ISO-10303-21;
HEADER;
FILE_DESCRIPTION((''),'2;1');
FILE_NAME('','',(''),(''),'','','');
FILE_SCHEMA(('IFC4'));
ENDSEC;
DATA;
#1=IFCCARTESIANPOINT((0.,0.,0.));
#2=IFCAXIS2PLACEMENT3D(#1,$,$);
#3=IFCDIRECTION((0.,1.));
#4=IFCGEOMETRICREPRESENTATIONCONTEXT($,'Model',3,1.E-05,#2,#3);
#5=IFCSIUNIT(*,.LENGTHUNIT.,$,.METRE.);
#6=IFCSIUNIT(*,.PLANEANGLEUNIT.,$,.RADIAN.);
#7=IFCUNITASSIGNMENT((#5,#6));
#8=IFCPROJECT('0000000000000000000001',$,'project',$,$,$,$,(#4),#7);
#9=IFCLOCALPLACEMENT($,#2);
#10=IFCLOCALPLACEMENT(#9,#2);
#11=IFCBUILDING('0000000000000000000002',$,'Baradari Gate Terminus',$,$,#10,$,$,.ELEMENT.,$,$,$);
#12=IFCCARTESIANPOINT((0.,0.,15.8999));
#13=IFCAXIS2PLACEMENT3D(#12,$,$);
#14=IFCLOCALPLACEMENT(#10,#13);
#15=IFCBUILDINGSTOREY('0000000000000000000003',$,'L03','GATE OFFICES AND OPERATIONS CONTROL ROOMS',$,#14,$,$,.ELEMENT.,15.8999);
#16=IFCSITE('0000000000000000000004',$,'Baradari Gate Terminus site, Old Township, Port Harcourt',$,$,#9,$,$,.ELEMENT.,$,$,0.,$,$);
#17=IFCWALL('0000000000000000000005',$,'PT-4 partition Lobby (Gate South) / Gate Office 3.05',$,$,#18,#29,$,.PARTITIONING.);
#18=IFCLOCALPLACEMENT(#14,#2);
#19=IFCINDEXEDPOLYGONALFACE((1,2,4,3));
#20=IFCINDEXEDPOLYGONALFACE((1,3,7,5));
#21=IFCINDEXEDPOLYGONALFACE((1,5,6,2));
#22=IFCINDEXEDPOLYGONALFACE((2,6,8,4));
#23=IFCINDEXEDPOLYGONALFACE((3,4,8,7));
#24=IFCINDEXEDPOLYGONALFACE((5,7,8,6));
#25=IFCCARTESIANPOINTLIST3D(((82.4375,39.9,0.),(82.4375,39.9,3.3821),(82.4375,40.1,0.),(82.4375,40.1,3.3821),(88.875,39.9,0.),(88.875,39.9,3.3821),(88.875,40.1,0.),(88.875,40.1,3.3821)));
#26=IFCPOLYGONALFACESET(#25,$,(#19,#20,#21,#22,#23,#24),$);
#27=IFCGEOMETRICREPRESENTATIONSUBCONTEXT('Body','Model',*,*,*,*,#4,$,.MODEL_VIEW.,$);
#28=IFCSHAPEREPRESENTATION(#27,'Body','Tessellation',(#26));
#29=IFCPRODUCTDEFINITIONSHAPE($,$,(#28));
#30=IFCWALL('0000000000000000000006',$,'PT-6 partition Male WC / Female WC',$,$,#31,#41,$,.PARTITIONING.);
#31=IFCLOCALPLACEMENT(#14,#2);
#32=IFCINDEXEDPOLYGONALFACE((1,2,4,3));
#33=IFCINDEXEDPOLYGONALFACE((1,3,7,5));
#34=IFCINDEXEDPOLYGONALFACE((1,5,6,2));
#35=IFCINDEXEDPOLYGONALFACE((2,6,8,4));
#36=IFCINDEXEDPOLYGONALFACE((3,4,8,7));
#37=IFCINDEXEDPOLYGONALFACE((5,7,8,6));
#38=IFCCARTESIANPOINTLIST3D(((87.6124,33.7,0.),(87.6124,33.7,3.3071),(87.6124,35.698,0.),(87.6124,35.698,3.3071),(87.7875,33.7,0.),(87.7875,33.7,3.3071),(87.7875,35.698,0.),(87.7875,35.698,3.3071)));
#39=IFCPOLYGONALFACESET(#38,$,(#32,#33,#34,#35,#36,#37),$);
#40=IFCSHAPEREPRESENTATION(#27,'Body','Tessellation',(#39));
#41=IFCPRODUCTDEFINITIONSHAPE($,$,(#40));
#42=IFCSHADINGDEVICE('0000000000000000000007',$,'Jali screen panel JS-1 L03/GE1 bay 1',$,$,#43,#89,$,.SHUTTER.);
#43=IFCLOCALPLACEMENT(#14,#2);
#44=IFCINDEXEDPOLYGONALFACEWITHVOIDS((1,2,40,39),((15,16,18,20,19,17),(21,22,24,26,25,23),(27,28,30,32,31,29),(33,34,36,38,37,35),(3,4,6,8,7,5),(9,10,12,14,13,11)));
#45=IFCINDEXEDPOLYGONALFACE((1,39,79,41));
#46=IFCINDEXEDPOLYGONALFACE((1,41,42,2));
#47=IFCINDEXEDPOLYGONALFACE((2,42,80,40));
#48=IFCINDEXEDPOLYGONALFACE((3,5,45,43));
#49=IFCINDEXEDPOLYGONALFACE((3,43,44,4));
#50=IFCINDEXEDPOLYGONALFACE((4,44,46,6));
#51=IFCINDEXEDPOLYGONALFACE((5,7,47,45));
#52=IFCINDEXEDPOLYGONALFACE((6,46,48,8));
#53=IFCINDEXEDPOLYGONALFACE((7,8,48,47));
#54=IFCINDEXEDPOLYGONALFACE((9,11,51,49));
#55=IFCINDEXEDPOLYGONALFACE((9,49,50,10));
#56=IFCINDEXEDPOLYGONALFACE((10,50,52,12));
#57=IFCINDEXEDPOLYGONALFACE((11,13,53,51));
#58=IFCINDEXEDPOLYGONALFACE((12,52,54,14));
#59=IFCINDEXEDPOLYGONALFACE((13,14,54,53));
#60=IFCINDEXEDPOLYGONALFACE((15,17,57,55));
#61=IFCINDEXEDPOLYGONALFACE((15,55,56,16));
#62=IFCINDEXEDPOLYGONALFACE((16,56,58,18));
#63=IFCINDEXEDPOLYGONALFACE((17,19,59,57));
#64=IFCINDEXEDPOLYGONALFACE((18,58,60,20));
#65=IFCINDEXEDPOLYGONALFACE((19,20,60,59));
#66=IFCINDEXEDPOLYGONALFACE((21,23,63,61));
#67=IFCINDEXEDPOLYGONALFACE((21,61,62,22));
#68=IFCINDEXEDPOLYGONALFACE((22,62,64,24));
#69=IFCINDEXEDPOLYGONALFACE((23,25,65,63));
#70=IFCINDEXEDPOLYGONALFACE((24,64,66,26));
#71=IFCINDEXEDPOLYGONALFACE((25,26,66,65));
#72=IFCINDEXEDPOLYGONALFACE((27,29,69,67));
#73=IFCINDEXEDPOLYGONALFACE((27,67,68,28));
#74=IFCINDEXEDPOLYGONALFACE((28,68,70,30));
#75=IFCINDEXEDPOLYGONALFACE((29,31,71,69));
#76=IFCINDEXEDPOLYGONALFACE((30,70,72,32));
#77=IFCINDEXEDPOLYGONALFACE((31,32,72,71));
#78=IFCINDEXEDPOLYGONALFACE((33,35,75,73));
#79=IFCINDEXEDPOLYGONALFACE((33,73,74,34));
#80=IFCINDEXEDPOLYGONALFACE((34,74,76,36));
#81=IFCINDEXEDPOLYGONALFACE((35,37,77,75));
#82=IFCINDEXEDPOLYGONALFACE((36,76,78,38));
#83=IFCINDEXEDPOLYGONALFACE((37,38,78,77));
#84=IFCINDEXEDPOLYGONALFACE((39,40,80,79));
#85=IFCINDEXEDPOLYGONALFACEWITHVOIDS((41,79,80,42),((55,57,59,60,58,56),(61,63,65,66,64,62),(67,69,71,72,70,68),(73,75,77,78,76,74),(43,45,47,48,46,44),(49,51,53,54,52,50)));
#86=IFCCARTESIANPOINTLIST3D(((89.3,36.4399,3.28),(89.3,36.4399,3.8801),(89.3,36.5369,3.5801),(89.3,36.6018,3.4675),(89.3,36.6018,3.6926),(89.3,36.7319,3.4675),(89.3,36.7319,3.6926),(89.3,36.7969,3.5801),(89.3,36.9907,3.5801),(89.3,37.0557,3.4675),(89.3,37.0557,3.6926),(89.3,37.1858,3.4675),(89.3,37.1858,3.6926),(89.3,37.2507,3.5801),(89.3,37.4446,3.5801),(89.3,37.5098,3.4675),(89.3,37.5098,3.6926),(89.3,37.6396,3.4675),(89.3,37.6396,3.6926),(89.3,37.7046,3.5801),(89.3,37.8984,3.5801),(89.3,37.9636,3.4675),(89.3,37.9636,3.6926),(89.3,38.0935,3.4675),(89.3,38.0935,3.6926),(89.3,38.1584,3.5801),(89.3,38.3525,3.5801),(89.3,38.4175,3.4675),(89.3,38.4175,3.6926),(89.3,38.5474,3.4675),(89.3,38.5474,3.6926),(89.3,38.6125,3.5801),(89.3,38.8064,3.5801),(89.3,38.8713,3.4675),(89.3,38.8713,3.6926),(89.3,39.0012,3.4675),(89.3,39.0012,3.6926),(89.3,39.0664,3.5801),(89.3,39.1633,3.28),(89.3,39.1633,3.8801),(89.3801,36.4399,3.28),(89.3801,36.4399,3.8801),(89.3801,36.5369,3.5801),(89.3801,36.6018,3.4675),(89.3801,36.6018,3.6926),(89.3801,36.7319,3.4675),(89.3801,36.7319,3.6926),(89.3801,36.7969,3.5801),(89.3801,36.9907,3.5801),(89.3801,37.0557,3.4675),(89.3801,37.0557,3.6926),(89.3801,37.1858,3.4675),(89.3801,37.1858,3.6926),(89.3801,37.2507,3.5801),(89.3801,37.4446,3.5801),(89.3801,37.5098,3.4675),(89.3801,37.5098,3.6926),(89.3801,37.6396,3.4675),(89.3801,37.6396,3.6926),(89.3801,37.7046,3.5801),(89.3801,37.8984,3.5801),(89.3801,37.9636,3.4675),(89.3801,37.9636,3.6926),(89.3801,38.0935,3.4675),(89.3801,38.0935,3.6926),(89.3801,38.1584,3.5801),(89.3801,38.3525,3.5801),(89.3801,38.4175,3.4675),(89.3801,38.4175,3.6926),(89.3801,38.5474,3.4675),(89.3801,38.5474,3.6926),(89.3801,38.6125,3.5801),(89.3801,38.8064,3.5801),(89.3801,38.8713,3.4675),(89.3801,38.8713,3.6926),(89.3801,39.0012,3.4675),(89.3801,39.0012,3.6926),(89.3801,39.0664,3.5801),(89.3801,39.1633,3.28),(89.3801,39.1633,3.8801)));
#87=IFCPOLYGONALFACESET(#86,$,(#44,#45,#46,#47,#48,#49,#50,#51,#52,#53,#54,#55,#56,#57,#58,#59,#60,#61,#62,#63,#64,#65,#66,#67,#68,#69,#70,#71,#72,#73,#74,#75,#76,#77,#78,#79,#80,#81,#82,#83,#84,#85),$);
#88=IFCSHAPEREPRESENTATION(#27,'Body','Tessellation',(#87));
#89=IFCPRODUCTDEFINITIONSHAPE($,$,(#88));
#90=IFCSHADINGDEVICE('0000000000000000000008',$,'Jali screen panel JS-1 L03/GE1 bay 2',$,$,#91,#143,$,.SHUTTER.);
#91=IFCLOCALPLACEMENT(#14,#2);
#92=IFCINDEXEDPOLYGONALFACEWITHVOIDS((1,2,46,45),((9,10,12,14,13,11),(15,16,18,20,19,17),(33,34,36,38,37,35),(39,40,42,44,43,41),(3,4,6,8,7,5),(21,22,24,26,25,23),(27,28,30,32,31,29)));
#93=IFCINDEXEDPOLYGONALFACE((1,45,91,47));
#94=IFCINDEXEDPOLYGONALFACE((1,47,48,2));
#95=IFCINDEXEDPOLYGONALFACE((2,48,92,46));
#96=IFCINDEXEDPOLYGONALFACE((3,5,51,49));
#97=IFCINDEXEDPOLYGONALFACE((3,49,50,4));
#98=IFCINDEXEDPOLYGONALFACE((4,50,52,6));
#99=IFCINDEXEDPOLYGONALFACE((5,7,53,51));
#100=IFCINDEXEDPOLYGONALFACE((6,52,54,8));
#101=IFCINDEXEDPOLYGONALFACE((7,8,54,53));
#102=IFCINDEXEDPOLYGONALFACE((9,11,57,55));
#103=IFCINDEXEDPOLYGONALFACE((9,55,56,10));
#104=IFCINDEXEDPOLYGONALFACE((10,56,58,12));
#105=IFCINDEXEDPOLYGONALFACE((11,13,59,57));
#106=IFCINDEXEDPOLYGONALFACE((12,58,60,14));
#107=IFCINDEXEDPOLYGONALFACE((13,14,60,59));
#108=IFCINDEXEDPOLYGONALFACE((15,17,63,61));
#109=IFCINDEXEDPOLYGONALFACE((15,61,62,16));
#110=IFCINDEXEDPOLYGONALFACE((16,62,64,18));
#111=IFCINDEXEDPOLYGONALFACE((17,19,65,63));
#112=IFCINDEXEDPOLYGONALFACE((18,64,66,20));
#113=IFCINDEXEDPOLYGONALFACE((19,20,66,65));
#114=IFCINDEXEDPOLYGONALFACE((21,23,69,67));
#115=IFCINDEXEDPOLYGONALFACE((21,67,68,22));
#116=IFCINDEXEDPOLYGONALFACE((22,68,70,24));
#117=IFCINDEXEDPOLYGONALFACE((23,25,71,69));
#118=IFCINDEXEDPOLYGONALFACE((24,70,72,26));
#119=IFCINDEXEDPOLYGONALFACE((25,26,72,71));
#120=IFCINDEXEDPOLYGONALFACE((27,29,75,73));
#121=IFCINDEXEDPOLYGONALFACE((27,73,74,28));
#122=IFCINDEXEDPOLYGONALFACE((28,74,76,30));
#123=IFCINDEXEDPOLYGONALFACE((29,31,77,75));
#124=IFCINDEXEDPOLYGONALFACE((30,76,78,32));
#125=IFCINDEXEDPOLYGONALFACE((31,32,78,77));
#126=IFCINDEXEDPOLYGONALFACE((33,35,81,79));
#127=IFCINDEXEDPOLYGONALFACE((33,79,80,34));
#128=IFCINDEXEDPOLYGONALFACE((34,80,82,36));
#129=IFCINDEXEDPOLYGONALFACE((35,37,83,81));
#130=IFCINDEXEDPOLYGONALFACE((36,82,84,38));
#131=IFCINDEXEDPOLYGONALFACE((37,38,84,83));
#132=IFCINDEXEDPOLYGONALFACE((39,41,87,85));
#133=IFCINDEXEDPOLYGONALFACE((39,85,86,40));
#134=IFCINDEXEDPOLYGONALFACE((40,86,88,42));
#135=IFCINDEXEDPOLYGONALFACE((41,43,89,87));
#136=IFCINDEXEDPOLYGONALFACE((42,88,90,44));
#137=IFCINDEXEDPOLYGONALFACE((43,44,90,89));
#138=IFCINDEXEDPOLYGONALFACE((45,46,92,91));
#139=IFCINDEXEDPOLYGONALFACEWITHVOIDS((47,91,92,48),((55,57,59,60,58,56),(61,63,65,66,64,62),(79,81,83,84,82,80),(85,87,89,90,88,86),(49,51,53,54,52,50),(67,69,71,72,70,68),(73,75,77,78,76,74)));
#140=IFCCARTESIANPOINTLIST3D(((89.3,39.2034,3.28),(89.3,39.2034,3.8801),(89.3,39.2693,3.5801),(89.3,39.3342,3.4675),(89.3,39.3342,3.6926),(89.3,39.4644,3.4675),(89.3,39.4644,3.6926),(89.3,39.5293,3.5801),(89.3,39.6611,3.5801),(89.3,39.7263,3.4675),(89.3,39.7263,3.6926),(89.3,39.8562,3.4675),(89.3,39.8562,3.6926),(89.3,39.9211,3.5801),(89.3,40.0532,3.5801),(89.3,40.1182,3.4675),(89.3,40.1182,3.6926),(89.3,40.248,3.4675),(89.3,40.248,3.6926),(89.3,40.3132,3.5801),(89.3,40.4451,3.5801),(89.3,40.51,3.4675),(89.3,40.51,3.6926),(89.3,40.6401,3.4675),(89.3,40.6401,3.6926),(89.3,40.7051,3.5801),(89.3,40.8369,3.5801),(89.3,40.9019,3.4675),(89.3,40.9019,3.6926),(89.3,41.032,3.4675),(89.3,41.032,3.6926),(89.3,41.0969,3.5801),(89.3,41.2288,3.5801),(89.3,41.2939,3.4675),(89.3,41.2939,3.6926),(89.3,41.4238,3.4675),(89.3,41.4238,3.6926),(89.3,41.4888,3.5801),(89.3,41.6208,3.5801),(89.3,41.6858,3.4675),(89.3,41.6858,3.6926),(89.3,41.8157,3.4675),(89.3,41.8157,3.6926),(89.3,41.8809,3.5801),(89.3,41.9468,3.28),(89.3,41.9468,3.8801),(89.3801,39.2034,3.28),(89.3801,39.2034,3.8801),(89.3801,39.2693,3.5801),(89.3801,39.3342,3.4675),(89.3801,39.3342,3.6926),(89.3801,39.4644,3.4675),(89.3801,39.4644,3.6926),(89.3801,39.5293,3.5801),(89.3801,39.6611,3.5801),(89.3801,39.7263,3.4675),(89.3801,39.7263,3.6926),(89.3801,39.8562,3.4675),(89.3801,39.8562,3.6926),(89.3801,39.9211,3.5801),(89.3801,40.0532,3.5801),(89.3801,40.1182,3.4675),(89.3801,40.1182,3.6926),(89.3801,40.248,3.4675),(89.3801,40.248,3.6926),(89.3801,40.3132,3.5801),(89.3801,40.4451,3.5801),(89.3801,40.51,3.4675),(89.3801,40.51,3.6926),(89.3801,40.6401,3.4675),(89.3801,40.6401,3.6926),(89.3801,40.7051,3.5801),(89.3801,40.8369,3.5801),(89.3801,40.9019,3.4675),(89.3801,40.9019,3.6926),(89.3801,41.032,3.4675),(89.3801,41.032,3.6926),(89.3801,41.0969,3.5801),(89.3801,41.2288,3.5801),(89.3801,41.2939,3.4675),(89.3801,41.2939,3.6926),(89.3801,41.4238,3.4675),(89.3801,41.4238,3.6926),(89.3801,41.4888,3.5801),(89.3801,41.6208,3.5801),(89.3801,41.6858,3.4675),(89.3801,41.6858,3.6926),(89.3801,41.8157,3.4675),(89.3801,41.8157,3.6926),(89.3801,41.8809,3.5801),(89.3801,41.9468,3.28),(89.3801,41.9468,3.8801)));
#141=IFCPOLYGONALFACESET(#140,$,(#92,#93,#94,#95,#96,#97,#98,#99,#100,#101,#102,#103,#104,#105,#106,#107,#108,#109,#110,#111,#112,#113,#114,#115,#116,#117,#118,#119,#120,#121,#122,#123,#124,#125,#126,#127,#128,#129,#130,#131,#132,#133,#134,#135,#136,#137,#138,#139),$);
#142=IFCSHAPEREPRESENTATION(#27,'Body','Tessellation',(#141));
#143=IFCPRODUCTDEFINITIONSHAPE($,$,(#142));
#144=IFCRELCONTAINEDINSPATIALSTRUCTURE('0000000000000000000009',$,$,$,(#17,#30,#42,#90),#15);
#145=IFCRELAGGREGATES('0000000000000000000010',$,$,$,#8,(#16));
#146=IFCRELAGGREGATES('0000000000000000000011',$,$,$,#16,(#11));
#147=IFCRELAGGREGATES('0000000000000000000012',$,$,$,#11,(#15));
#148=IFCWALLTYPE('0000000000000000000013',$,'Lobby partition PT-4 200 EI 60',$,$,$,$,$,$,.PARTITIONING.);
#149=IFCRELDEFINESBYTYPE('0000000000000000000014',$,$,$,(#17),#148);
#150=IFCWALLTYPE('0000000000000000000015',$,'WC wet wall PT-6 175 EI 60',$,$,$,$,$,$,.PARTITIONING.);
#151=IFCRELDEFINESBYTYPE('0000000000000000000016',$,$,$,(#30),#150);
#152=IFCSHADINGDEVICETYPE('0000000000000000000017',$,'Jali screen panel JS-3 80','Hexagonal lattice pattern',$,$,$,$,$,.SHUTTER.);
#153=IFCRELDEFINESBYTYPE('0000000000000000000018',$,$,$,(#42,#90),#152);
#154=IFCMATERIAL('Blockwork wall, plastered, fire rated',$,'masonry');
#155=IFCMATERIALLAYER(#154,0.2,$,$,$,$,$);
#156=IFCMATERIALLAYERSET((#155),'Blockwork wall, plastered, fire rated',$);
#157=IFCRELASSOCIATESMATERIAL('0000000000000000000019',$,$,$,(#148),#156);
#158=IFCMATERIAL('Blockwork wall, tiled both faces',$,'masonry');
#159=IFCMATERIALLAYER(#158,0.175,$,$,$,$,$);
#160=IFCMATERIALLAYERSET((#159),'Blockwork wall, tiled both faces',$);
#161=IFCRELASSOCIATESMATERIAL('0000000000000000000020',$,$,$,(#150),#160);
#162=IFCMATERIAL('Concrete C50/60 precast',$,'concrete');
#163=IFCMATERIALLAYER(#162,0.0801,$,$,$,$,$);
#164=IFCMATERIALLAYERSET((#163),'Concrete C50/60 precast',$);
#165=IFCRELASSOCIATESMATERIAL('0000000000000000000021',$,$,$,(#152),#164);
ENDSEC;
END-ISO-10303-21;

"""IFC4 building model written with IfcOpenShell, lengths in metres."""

from ifc_helpers import new_model, si_unit, direction, frame, frame_2d, origin, place, context, subcontext, project, spatial, polyline, rectangle, outline, extrude, material, layer, layer_set, type_object, element, save


model = new_model("IFC4")

# Units and contexts
model_context = context("Model", 3, precision=1e-05, world=origin(), true_north=direction((0.0, 1.0)))
body_context = subcontext(model_context, "Body", "Model", "MODEL_VIEW")
ifc_project = project(units=[si_unit("LENGTHUNIT", "METRE"), si_unit("PLANEANGLEUNIT", "RADIAN")], contexts=[model_context])

# Site, building, storey
site_placement = place(None, origin())
site = spatial("IfcSite", under=ifc_project, at=site_placement, Name="Baradari Gate Terminus site, Old Township, Port Harcourt", CompositionType="ELEMENT", RefElevation=0.0)
building_placement = place(site_placement, origin())
building = spatial("IfcBuilding", under=site, at=building_placement, Name="Baradari Gate Terminus", CompositionType="ELEMENT")
storey_placement = place(building_placement, frame((0.0, 0.0, 15.8999)))
storey = spatial("IfcBuildingStorey", under=building, at=storey_placement, Name="L03", Description="GATE OFFICES AND OPERATIONS CONTROL ROOMS", CompositionType="ELEMENT", Elevation=15.8999)

# Walls
ifc_material_1 = material(Name="Blockwork wall, plastered, fire rated", Category="masonry")
ifc_layer_1 = layer(ifc_material_1, 0.2)
ifc_layer_set_1 = layer_set([ifc_layer_1], Name="Blockwork wall, plastered, fire rated")
wall_type_1 = type_object("IfcWallType", Name="Lobby partition PT-4 200 EI 60", PredefinedType="PARTITIONING", material=ifc_layer_set_1)
wall_1_placement = place(storey_placement, frame((82.4375, 40.0, 0.0), z_axis=(0.0, 0.0, 1.0), x_axis=(1.0, 0.0, 0.0)))
element("IfcWall", 1, at=wall_1_placement, inside=storey, type_object=wall_type_1, Name="PT-4 partition Lobby (Gate South) / Gate Office 3.05", PredefinedType="PARTITIONING", context=body_context, shape_type="SweptSolid", body=[
    extrude(rectangle(XDim=6.4375, YDim=0.2, at=frame_2d((3.2188, 0.0))), origin(), (0.0, 0.0, 1.0), 3.3821),
])
ifc_material_2 = material(Name="Blockwork wall, tiled both faces", Category="masonry")
ifc_layer_2 = layer(ifc_material_2, 0.175)
ifc_layer_set_2 = layer_set([ifc_layer_2], Name="Blockwork wall, tiled both faces")
wall_type_2 = type_object("IfcWallType", Name="WC wet wall PT-6 175 EI 60", PredefinedType="PARTITIONING", material=ifc_layer_set_2)
wall_2_placement = place(storey_placement, frame((87.7, 35.698, 0.0), z_axis=(0.0, 0.0, 1.0), x_axis=(0.0, -1.0, 0.0)))
element("IfcWall", 2, at=wall_2_placement, inside=storey, type_object=wall_type_2, Name="PT-6 partition Male WC / Female WC", PredefinedType="PARTITIONING", context=body_context, shape_type="SweptSolid", body=[
    extrude(rectangle(XDim=1.998, YDim=0.175, at=frame_2d((0.999, 0.0))), origin(), (0.0, 0.0, 1.0), 3.3071),
])

# Shading devices
ifc_material_3 = material(Name="Concrete C50/60 precast", Category="concrete")
ifc_layer_3 = layer(ifc_material_3, 0.0801)
ifc_layer_set_3 = layer_set([ifc_layer_3], Name="Concrete C50/60 precast")
shading_device_type = type_object("IfcShadingDeviceType", Name="Jali screen panel JS-3 80", Description="Hexagonal lattice pattern", PredefinedType="SHUTTER", material=ifc_layer_set_3)
shading_device_1_placement = place(storey_placement, frame((89.3401, 36.4399, 3.28), z_axis=(0.0, 0.0, 1.0), x_axis=(0.0, 1.0, 0.0)))
element("IfcShadingDevice", 3, at=shading_device_1_placement, inside=storey, type_object=shading_device_type, Name="Jali screen panel JS-1 L03/GE1 bay 1", PredefinedType="SHUTTER", context=body_context, shape_type="SweptSolid", body=[
    extrude(outline(polyline([(0.0, 0.0), (2.7234, 0.0), (2.7234, 0.6001), (0.0, 0.6001), (0.0, 0.0)]), holes=[polyline([(0.3569, 0.3), (0.292, 0.1875), (0.1619, 0.1875), (0.0969, 0.3), (0.1619, 0.4126), (0.292, 0.4126), (0.3569, 0.3)]), polyline([(0.8108, 0.3), (0.7458, 0.1875), (0.6157, 0.1875), (0.5508, 0.3), (0.6157, 0.4126), (0.7458, 0.4126), (0.8108, 0.3)]), polyline([(1.2646, 0.3), (1.1997, 0.1875), (1.0698, 0.1875), (1.0046, 0.3), (1.0698, 0.4126), (1.1997, 0.4126), (1.2646, 0.3)]), polyline([(1.7185, 0.3), (1.6536, 0.1875), (1.5237, 0.1875), (1.4585, 0.3), (1.5237, 0.4126), (1.6536, 0.4126), (1.7185, 0.3)]), polyline([(2.1726, 0.3), (2.1074, 0.1875), (1.9775, 0.1875), (1.9126, 0.3), (1.9775, 0.4126), (2.1074, 0.4126), (2.1726, 0.3)]), polyline([(2.6265, 0.3), (2.5613, 0.1875), (2.4314, 0.1875), (2.3665, 0.3), (2.4314, 0.4126), (2.5613, 0.4126), (2.6265, 0.3)])]), frame((0.0, 0.04, 0.0), z_axis=(0.0, -1.0, 0.0), x_axis=(1.0, 0.0, 0.0)), (0.0, 0.0, 1.0), 0.0801),
])
shading_device_2_placement = place(storey_placement, frame((89.3401, 39.2034, 3.28), z_axis=(0.0, 0.0, 1.0), x_axis=(0.0, 1.0, 0.0)))
element("IfcShadingDevice", 4, at=shading_device_2_placement, inside=storey, type_object=shading_device_type, Name="Jali screen panel JS-1 L03/GE1 bay 2", PredefinedType="SHUTTER", context=body_context, shape_type="SweptSolid", body=[
    extrude(outline(polyline([(0.0, 0.0), (2.7434, 0.0), (2.7434, 0.6001), (0.0, 0.6001), (0.0, 0.0)]), holes=[polyline([(0.3259, 0.3), (0.261, 0.1875), (0.1309, 0.1875), (0.0659, 0.3), (0.1309, 0.4126), (0.261, 0.4126), (0.3259, 0.3)]), polyline([(0.7178, 0.3), (0.6528, 0.1875), (0.5229, 0.1875), (0.4578, 0.3), (0.5229, 0.4126), (0.6528, 0.4126), (0.7178, 0.3)]), polyline([(1.1099, 0.3), (1.0447, 0.1875), (0.9148, 0.1875), (0.8499, 0.3), (0.9148, 0.4126), (1.0447, 0.4126), (1.1099, 0.3)]), polyline([(1.5017, 0.3), (1.4368, 0.1875), (1.3066, 0.1875), (1.2417, 0.3), (1.3066, 0.4126), (1.4368, 0.4126), (1.5017, 0.3)]), polyline([(1.8936, 0.3), (1.8286, 0.1875), (1.6985, 0.1875), (1.6335, 0.3), (1.6985, 0.4126), (1.8286, 0.4126), (1.8936, 0.3)]), polyline([(2.2854, 0.3), (2.2205, 0.1875), (2.0906, 0.1875), (2.0254, 0.3), (2.0906, 0.4126), (2.2205, 0.4126), (2.2854, 0.3)]), polyline([(2.6775, 0.3), (2.6123, 0.1875), (2.4824, 0.1875), (2.4175, 0.3), (2.4824, 0.4126), (2.6123, 0.4126), (2.6775, 0.3)])]), frame((0.0, 0.04, 0.0), z_axis=(0.0, -1.0, 0.0), x_axis=(1.0, 0.0, 0.0)), (0.0, 0.0, 1.0), 0.0801),
])

save(model, "model.ifc")
